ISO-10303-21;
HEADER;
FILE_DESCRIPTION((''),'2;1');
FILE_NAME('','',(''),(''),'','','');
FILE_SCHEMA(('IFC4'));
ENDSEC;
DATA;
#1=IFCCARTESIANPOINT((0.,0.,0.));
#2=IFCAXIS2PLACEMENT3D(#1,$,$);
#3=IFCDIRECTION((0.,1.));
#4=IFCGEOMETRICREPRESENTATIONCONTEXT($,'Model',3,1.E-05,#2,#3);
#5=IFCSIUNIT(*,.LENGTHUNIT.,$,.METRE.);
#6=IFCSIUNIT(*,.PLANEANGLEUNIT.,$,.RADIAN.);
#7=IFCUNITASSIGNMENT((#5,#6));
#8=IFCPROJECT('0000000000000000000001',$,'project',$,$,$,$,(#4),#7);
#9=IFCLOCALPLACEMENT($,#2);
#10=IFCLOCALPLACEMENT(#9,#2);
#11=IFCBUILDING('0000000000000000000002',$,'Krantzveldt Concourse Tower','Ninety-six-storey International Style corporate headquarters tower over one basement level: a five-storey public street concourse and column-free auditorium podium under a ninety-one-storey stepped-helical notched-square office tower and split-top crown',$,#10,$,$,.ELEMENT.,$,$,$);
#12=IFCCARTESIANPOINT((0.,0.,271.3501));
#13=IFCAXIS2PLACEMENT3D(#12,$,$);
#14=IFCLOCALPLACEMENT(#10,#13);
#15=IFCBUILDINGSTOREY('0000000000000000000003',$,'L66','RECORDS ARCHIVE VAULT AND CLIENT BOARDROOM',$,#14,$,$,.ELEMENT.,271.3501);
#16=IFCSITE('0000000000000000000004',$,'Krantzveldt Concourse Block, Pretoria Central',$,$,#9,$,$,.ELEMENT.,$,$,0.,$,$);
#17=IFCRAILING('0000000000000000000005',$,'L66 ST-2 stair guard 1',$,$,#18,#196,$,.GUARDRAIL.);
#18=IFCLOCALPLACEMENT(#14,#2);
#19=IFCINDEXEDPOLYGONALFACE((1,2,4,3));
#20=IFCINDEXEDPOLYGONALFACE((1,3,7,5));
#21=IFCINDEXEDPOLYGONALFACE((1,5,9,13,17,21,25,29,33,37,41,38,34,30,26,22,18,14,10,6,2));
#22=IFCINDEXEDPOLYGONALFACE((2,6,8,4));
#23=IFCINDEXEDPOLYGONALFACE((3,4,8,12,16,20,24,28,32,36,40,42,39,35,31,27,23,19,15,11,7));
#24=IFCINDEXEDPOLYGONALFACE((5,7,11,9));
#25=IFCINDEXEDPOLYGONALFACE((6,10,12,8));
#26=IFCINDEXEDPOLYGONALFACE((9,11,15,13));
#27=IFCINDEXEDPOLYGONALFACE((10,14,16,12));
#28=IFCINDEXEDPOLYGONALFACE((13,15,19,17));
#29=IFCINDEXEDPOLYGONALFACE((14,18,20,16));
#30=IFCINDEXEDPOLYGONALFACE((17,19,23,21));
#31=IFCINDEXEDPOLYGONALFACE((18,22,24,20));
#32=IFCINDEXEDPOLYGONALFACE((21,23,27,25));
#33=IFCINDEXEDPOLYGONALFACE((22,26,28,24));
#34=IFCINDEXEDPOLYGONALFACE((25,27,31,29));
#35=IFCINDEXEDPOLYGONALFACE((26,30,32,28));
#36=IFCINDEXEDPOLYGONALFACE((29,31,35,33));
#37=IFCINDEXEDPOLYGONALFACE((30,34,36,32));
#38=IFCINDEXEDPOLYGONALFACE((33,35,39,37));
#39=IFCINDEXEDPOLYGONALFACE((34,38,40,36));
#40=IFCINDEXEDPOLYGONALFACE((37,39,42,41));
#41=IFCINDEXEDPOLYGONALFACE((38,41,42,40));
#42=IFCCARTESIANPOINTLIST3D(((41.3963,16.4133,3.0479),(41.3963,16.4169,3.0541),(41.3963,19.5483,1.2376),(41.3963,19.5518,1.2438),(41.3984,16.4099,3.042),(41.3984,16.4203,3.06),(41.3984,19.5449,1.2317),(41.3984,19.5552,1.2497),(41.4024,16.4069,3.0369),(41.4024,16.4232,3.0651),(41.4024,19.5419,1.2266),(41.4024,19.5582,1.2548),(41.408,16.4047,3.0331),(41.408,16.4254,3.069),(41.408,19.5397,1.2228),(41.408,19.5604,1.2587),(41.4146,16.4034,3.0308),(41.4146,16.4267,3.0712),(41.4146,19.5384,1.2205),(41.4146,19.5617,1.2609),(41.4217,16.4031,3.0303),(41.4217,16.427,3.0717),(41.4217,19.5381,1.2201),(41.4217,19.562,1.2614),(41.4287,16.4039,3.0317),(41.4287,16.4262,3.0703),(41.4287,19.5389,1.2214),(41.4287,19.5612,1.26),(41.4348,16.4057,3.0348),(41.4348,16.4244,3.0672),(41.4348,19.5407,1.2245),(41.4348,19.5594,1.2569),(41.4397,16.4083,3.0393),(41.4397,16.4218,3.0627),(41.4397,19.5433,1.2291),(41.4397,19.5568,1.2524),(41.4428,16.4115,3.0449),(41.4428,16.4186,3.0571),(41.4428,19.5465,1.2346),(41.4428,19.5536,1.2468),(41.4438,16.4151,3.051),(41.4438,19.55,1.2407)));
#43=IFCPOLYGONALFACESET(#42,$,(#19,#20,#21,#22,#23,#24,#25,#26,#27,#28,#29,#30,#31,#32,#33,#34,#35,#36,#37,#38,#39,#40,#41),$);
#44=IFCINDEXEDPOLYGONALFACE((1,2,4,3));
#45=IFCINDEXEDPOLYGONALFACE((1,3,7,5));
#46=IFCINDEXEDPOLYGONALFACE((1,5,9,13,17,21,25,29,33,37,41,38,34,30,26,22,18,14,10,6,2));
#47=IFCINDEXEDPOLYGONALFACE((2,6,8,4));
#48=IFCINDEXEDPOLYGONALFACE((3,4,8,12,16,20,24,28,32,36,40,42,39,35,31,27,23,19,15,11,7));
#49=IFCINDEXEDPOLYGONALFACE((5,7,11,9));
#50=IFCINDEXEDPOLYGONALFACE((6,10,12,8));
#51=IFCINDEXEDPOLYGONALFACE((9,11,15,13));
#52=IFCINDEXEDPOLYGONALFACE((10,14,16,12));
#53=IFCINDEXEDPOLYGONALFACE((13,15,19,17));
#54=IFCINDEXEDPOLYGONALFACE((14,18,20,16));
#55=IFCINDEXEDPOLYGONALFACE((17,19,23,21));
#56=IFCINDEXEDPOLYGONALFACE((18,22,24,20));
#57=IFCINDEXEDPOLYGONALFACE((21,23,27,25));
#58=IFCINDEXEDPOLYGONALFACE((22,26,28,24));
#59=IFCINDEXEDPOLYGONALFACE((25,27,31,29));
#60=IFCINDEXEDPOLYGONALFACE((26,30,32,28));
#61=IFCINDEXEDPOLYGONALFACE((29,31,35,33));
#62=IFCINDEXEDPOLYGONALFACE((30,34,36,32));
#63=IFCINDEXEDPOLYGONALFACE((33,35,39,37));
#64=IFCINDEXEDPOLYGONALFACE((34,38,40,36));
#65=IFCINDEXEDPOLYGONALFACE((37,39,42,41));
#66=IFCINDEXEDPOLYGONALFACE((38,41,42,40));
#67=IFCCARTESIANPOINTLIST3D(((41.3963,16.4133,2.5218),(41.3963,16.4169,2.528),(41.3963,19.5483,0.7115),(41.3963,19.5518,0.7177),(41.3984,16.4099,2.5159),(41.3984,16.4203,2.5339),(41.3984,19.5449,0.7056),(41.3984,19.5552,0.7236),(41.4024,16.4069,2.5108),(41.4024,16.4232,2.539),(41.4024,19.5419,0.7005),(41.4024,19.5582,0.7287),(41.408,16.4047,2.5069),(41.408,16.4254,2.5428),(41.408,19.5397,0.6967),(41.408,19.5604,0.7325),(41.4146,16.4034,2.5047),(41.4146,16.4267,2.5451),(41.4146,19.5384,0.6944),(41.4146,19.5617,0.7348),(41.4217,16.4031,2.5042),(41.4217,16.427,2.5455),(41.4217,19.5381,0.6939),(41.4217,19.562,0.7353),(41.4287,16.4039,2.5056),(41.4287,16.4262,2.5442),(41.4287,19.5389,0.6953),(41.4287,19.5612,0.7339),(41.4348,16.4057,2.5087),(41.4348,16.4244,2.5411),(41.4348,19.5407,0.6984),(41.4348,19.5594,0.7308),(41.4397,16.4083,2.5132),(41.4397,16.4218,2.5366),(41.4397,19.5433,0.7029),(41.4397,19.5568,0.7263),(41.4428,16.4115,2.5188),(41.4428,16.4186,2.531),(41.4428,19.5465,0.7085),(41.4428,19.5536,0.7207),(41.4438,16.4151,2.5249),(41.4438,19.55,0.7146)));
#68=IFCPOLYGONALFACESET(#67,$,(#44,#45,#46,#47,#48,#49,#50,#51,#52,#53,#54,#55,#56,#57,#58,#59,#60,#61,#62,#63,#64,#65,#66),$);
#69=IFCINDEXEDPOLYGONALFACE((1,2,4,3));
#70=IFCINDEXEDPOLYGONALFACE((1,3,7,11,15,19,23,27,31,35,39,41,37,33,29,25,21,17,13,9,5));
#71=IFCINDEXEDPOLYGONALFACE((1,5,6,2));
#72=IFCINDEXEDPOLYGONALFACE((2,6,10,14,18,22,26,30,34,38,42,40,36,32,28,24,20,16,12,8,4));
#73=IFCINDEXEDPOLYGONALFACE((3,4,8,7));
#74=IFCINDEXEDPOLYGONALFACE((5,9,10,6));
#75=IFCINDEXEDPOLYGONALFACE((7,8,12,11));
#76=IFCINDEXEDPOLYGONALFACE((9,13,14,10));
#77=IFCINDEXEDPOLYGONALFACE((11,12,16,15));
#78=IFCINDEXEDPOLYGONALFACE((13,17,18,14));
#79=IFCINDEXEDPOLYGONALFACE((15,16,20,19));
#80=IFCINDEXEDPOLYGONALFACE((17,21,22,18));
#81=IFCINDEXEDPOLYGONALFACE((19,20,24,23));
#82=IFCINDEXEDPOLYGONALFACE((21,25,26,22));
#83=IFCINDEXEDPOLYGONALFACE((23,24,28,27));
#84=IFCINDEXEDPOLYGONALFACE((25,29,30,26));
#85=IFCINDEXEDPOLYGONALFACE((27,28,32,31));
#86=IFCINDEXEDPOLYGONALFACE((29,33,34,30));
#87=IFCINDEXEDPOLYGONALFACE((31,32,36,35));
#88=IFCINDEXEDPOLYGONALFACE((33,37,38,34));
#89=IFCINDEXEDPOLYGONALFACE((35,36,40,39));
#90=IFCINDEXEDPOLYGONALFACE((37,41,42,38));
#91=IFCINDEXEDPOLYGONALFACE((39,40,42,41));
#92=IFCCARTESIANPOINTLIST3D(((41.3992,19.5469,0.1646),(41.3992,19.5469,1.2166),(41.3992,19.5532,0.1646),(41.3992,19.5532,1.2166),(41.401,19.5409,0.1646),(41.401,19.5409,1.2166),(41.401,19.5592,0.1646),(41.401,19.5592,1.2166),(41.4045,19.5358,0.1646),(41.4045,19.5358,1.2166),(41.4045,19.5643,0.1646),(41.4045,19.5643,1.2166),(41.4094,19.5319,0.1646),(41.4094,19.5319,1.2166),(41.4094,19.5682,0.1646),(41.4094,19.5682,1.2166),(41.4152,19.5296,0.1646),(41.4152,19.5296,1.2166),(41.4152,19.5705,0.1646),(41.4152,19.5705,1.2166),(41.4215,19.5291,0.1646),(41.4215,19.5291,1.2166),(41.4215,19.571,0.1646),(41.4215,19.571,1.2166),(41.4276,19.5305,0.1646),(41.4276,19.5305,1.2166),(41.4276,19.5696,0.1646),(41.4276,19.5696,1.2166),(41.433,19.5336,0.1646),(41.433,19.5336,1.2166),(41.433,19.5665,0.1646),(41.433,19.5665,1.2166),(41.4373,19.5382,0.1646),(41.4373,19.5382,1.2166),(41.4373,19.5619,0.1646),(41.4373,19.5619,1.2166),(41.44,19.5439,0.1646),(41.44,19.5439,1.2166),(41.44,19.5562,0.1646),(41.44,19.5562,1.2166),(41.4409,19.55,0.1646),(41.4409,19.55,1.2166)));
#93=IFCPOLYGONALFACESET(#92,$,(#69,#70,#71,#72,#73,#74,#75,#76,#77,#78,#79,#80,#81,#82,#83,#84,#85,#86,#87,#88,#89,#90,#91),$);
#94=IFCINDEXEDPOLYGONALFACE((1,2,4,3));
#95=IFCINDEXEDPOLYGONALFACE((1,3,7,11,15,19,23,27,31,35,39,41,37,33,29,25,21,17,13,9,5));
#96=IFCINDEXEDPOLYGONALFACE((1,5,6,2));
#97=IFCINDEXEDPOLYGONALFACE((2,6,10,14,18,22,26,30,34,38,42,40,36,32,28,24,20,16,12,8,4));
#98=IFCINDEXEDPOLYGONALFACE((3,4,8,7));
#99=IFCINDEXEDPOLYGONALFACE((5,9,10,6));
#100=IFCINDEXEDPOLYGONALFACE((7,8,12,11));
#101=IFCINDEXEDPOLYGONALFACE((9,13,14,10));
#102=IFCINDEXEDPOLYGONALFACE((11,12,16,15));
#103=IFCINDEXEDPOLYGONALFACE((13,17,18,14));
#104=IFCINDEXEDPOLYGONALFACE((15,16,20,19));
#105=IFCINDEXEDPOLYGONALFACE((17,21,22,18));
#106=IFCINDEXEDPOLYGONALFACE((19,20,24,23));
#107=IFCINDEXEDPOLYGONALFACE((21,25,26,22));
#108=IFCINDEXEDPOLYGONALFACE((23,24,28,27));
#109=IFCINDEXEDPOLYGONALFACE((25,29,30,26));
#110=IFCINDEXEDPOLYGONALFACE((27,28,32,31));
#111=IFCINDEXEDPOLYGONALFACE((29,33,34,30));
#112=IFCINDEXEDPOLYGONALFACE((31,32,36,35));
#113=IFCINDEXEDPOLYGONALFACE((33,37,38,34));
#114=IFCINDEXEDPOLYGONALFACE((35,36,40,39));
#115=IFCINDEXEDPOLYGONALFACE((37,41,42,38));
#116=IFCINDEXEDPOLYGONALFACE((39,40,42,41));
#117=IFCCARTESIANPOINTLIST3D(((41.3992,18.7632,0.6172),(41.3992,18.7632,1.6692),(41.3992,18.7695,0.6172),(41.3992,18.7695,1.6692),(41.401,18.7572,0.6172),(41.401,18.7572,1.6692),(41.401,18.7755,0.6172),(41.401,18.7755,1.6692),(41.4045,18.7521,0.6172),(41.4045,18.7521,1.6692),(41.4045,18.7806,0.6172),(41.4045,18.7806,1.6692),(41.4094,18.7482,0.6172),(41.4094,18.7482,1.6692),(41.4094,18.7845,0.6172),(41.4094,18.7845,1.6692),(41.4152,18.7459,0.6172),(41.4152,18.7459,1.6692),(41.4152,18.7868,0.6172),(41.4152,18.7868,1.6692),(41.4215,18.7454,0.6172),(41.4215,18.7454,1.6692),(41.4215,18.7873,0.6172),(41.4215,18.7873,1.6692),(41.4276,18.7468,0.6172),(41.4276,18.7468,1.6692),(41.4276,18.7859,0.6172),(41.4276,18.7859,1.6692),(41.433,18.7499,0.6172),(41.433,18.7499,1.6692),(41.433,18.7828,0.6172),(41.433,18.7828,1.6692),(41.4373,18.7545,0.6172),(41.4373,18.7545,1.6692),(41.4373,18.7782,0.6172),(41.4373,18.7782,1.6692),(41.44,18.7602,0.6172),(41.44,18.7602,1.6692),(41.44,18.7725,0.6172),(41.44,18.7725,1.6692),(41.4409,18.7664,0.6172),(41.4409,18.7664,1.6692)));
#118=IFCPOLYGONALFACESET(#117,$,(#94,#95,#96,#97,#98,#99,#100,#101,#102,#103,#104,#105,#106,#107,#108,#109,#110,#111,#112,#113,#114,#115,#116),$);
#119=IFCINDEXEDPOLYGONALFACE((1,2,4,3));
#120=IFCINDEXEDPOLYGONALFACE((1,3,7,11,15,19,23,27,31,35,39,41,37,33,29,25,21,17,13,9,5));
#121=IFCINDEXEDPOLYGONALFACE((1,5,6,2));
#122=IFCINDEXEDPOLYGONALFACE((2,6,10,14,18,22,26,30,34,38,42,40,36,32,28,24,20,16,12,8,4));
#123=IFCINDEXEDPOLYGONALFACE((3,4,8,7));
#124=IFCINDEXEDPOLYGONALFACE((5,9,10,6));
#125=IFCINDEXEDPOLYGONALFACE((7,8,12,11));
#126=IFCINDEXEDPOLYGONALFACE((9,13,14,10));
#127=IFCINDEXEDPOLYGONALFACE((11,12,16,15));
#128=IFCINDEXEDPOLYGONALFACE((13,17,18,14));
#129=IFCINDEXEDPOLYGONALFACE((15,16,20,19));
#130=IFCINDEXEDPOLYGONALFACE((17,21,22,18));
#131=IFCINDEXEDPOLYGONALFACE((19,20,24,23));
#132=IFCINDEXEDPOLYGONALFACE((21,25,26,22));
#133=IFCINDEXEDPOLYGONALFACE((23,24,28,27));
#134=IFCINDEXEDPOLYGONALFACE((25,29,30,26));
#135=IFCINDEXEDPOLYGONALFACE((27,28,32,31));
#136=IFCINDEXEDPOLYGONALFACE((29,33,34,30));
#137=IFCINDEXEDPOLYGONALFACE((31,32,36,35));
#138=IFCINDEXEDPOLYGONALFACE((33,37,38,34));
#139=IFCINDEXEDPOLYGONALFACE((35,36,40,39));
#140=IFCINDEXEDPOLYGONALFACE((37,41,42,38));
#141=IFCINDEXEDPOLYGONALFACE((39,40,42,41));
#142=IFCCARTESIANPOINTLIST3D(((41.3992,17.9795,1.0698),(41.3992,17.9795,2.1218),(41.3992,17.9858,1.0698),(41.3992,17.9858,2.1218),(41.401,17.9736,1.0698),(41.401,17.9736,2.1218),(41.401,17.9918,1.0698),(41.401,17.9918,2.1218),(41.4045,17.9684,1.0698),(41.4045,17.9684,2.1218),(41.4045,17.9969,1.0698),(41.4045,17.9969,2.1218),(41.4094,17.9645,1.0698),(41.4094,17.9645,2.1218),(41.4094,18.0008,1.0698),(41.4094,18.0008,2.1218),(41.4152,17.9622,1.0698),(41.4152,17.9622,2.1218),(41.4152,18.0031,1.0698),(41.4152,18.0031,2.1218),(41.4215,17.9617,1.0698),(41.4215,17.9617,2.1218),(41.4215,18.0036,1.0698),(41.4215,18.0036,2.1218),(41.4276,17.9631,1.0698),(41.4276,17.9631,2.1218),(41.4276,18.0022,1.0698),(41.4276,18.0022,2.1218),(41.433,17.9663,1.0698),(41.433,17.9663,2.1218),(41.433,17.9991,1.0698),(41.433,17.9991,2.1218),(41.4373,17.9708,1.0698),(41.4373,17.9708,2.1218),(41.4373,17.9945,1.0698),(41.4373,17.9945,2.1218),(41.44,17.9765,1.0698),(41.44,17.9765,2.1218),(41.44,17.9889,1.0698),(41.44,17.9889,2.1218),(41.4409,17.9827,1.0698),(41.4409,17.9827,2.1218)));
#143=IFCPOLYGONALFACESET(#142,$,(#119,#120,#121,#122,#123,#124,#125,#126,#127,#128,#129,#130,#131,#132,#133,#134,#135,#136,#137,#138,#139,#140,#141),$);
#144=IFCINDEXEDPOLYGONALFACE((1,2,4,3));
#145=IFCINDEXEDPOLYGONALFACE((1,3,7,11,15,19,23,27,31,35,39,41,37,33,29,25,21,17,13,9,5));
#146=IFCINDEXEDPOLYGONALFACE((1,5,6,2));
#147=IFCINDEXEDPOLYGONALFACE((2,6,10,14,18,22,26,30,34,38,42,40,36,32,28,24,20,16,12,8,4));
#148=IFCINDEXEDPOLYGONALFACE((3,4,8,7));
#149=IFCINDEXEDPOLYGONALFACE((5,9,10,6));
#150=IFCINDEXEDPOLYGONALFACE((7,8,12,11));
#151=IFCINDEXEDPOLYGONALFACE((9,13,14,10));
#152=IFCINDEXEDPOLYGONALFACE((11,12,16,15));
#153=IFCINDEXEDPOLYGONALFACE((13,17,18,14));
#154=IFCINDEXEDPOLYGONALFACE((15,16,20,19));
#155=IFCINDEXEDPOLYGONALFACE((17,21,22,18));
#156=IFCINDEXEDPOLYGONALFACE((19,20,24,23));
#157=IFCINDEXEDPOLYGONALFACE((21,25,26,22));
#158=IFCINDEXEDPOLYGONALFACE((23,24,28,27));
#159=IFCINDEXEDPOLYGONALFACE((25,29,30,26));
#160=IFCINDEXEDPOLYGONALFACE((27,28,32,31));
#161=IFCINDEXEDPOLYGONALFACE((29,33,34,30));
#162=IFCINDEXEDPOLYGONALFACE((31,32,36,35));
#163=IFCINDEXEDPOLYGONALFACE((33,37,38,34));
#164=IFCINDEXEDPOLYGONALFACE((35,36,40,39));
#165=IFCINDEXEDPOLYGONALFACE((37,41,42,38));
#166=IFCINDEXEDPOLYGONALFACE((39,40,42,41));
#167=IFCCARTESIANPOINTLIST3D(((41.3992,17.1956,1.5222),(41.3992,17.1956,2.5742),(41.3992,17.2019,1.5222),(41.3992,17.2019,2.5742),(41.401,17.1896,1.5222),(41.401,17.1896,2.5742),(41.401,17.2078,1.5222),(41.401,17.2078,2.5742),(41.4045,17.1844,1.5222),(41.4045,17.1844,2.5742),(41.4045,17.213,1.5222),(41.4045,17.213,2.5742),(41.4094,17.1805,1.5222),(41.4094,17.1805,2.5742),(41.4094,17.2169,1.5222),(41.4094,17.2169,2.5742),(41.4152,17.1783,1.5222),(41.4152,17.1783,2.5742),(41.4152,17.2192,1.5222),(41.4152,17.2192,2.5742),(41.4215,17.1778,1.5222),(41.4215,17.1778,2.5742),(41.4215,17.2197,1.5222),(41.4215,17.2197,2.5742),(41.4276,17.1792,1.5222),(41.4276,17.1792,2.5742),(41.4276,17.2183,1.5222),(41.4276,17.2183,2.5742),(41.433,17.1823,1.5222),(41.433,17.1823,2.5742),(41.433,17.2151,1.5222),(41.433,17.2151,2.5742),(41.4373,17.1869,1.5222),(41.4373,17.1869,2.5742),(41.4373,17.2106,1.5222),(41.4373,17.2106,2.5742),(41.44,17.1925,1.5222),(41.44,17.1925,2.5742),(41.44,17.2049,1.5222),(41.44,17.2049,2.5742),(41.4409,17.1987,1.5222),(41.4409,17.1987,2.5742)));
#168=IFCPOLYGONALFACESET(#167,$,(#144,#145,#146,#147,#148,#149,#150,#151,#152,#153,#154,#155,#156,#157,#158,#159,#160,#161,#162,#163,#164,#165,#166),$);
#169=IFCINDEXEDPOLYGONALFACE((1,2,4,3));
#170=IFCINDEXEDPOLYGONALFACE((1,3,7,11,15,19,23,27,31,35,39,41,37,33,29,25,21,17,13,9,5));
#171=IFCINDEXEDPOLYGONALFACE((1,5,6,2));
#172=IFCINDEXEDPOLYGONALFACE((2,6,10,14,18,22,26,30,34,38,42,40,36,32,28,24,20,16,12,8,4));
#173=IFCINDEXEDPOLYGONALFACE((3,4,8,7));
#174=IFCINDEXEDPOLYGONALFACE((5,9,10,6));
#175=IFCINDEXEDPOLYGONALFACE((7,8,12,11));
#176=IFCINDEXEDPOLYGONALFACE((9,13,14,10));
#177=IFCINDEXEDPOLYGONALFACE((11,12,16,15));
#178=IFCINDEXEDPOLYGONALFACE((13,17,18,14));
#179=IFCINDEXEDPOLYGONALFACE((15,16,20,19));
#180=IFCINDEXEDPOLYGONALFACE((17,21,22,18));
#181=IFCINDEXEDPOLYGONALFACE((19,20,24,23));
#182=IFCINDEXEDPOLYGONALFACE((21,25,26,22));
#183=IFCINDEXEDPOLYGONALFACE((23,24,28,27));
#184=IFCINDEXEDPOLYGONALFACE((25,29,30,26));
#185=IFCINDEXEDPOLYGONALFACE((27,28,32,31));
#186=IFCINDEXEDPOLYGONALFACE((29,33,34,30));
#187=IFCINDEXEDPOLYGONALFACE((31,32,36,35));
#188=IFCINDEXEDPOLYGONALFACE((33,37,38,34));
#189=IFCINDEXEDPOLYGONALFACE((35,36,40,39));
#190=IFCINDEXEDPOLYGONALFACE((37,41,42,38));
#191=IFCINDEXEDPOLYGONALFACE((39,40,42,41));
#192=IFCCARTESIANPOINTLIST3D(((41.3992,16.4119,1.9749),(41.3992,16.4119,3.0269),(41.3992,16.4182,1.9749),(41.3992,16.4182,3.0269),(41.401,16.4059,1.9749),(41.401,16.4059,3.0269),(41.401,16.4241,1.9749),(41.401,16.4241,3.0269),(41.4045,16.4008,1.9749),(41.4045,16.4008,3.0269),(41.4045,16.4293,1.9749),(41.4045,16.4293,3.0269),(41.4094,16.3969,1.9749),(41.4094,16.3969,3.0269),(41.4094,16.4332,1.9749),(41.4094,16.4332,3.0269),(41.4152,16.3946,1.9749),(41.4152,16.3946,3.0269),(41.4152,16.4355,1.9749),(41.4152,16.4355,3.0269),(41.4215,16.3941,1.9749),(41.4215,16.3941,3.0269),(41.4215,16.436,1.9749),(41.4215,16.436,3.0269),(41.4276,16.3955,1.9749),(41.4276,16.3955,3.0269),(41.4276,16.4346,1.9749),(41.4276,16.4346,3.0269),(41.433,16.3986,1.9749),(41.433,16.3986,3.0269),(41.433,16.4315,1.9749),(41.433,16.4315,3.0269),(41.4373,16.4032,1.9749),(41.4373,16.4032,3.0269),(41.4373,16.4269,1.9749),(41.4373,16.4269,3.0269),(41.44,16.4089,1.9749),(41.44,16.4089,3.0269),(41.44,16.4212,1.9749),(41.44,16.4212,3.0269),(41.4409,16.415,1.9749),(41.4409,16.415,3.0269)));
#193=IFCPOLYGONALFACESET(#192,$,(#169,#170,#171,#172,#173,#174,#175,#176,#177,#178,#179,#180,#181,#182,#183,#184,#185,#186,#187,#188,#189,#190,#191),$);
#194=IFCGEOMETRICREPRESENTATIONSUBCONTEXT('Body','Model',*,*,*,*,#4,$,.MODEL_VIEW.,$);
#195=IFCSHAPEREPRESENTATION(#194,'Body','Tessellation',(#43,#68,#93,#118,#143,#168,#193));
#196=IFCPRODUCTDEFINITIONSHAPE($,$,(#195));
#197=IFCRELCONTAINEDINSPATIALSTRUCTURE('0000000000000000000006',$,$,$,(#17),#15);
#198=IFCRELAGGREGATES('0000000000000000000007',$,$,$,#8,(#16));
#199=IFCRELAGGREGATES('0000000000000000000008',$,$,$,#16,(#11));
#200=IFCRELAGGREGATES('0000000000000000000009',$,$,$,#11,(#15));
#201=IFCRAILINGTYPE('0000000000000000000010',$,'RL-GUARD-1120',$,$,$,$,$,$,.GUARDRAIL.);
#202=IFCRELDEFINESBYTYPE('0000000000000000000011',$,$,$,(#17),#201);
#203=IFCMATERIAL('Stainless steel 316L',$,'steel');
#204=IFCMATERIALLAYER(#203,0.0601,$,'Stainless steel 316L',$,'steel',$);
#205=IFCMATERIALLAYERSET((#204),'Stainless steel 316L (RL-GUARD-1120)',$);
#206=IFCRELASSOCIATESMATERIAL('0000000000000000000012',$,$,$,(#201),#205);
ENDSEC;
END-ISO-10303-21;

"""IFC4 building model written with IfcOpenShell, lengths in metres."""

from ifc_helpers import new_model, si_unit, direction, frame, origin, origin_2d, place, context, subcontext, project, spatial, circle, extrude, material, layer, layer_set, type_object, element, save


model = new_model("IFC4")

# Units and contexts
model_context = context("Model", 3, precision=1e-05, world=origin(), true_north=direction((0.0, 1.0)))
body_context = subcontext(model_context, "Body", "Model", "MODEL_VIEW")
ifc_project = project(units=[si_unit("LENGTHUNIT", "METRE"), si_unit("PLANEANGLEUNIT", "RADIAN")], contexts=[model_context])

# Site, building, storey
site_placement = place(None, origin())
site = spatial("IfcSite", under=ifc_project, at=site_placement, Name="Krantzveldt Concourse Block, Pretoria Central", CompositionType="ELEMENT", RefElevation=0.0)
building_placement = place(site_placement, origin())
building = spatial("IfcBuilding", under=site, at=building_placement, Name="Krantzveldt Concourse Tower", Description="Ninety-six-storey International Style corporate headquarters tower over one basement level: a five-storey public street concourse and column-free auditorium podium under a ninety-one-storey stepped-helical notched-square office tower and split-top crown", CompositionType="ELEMENT")
storey_placement = place(building_placement, frame((0.0, 0.0, 271.3501)))
storey = spatial("IfcBuildingStorey", under=building, at=storey_placement, Name="L66", Description="RECORDS ARCHIVE VAULT AND CLIENT BOARDROOM", CompositionType="ELEMENT", Elevation=271.3501)

# Shared definitions
ifc_material_1 = material(Name="Stainless steel 316L", Category="steel")

# Railing
ifc_layer_1 = layer(ifc_material_1, 0.0601, Name="Stainless steel 316L", Category="steel")
ifc_layer_set_1 = layer_set([ifc_layer_1], Name="Stainless steel 316L (RL-GUARD-1120)")
railing_type_1 = type_object("IfcRailingType", Name="RL-GUARD-1120", PredefinedType="GUARDRAIL", material=ifc_layer_set_1)
railing_1_placement = place(storey_placement, frame((41.4199, 19.55, 0.1646)))
element("IfcRailing", 1, at=railing_1_placement, inside=storey, type_object=railing_type_1, Name="L66 ST-2 stair guard 1", PredefinedType="GUARDRAIL", context=body_context, shape_type="SweptSolid", body=[
    extrude(circle(Radius=0.0239, at=origin_2d()), frame((0.0, 0.0, 1.0762), z_axis=(0.0, -0.865989, 0.500063), x_axis=(1.0, 0.0, 0.0)), (0.0, 0.0, 1.0), 3.6201),
    extrude(circle(Radius=0.0239, at=origin_2d()), frame((0.0, 0.0, 0.55), z_axis=(0.0, -0.865989, 0.500063), x_axis=(1.0, 0.0, 0.0)), (0.0, 0.0, 1.0), 3.6201),
    extrude(circle(Radius=0.021, at=origin_2d()), origin(), (0.0, 0.0, 1.0), 1.052),
    extrude(circle(Radius=0.021, at=origin_2d()), frame((0.0, -0.7837, 0.4526)), (0.0, 0.0, 1.0), 1.052),
    extrude(circle(Radius=0.021, at=origin_2d()), frame((0.0, -1.5674, 0.9053)), (0.0, 0.0, 1.0), 1.052),
    extrude(circle(Radius=0.021, at=origin_2d()), frame((0.0, -2.3513, 1.3577)), (0.0, 0.0, 1.0), 1.052),
    extrude(circle(Radius=0.021, at=origin_2d()), frame((0.0, -3.135, 1.8103)), (0.0, 0.0, 1.0), 1.052),
])

save(model, "model.ifc")
